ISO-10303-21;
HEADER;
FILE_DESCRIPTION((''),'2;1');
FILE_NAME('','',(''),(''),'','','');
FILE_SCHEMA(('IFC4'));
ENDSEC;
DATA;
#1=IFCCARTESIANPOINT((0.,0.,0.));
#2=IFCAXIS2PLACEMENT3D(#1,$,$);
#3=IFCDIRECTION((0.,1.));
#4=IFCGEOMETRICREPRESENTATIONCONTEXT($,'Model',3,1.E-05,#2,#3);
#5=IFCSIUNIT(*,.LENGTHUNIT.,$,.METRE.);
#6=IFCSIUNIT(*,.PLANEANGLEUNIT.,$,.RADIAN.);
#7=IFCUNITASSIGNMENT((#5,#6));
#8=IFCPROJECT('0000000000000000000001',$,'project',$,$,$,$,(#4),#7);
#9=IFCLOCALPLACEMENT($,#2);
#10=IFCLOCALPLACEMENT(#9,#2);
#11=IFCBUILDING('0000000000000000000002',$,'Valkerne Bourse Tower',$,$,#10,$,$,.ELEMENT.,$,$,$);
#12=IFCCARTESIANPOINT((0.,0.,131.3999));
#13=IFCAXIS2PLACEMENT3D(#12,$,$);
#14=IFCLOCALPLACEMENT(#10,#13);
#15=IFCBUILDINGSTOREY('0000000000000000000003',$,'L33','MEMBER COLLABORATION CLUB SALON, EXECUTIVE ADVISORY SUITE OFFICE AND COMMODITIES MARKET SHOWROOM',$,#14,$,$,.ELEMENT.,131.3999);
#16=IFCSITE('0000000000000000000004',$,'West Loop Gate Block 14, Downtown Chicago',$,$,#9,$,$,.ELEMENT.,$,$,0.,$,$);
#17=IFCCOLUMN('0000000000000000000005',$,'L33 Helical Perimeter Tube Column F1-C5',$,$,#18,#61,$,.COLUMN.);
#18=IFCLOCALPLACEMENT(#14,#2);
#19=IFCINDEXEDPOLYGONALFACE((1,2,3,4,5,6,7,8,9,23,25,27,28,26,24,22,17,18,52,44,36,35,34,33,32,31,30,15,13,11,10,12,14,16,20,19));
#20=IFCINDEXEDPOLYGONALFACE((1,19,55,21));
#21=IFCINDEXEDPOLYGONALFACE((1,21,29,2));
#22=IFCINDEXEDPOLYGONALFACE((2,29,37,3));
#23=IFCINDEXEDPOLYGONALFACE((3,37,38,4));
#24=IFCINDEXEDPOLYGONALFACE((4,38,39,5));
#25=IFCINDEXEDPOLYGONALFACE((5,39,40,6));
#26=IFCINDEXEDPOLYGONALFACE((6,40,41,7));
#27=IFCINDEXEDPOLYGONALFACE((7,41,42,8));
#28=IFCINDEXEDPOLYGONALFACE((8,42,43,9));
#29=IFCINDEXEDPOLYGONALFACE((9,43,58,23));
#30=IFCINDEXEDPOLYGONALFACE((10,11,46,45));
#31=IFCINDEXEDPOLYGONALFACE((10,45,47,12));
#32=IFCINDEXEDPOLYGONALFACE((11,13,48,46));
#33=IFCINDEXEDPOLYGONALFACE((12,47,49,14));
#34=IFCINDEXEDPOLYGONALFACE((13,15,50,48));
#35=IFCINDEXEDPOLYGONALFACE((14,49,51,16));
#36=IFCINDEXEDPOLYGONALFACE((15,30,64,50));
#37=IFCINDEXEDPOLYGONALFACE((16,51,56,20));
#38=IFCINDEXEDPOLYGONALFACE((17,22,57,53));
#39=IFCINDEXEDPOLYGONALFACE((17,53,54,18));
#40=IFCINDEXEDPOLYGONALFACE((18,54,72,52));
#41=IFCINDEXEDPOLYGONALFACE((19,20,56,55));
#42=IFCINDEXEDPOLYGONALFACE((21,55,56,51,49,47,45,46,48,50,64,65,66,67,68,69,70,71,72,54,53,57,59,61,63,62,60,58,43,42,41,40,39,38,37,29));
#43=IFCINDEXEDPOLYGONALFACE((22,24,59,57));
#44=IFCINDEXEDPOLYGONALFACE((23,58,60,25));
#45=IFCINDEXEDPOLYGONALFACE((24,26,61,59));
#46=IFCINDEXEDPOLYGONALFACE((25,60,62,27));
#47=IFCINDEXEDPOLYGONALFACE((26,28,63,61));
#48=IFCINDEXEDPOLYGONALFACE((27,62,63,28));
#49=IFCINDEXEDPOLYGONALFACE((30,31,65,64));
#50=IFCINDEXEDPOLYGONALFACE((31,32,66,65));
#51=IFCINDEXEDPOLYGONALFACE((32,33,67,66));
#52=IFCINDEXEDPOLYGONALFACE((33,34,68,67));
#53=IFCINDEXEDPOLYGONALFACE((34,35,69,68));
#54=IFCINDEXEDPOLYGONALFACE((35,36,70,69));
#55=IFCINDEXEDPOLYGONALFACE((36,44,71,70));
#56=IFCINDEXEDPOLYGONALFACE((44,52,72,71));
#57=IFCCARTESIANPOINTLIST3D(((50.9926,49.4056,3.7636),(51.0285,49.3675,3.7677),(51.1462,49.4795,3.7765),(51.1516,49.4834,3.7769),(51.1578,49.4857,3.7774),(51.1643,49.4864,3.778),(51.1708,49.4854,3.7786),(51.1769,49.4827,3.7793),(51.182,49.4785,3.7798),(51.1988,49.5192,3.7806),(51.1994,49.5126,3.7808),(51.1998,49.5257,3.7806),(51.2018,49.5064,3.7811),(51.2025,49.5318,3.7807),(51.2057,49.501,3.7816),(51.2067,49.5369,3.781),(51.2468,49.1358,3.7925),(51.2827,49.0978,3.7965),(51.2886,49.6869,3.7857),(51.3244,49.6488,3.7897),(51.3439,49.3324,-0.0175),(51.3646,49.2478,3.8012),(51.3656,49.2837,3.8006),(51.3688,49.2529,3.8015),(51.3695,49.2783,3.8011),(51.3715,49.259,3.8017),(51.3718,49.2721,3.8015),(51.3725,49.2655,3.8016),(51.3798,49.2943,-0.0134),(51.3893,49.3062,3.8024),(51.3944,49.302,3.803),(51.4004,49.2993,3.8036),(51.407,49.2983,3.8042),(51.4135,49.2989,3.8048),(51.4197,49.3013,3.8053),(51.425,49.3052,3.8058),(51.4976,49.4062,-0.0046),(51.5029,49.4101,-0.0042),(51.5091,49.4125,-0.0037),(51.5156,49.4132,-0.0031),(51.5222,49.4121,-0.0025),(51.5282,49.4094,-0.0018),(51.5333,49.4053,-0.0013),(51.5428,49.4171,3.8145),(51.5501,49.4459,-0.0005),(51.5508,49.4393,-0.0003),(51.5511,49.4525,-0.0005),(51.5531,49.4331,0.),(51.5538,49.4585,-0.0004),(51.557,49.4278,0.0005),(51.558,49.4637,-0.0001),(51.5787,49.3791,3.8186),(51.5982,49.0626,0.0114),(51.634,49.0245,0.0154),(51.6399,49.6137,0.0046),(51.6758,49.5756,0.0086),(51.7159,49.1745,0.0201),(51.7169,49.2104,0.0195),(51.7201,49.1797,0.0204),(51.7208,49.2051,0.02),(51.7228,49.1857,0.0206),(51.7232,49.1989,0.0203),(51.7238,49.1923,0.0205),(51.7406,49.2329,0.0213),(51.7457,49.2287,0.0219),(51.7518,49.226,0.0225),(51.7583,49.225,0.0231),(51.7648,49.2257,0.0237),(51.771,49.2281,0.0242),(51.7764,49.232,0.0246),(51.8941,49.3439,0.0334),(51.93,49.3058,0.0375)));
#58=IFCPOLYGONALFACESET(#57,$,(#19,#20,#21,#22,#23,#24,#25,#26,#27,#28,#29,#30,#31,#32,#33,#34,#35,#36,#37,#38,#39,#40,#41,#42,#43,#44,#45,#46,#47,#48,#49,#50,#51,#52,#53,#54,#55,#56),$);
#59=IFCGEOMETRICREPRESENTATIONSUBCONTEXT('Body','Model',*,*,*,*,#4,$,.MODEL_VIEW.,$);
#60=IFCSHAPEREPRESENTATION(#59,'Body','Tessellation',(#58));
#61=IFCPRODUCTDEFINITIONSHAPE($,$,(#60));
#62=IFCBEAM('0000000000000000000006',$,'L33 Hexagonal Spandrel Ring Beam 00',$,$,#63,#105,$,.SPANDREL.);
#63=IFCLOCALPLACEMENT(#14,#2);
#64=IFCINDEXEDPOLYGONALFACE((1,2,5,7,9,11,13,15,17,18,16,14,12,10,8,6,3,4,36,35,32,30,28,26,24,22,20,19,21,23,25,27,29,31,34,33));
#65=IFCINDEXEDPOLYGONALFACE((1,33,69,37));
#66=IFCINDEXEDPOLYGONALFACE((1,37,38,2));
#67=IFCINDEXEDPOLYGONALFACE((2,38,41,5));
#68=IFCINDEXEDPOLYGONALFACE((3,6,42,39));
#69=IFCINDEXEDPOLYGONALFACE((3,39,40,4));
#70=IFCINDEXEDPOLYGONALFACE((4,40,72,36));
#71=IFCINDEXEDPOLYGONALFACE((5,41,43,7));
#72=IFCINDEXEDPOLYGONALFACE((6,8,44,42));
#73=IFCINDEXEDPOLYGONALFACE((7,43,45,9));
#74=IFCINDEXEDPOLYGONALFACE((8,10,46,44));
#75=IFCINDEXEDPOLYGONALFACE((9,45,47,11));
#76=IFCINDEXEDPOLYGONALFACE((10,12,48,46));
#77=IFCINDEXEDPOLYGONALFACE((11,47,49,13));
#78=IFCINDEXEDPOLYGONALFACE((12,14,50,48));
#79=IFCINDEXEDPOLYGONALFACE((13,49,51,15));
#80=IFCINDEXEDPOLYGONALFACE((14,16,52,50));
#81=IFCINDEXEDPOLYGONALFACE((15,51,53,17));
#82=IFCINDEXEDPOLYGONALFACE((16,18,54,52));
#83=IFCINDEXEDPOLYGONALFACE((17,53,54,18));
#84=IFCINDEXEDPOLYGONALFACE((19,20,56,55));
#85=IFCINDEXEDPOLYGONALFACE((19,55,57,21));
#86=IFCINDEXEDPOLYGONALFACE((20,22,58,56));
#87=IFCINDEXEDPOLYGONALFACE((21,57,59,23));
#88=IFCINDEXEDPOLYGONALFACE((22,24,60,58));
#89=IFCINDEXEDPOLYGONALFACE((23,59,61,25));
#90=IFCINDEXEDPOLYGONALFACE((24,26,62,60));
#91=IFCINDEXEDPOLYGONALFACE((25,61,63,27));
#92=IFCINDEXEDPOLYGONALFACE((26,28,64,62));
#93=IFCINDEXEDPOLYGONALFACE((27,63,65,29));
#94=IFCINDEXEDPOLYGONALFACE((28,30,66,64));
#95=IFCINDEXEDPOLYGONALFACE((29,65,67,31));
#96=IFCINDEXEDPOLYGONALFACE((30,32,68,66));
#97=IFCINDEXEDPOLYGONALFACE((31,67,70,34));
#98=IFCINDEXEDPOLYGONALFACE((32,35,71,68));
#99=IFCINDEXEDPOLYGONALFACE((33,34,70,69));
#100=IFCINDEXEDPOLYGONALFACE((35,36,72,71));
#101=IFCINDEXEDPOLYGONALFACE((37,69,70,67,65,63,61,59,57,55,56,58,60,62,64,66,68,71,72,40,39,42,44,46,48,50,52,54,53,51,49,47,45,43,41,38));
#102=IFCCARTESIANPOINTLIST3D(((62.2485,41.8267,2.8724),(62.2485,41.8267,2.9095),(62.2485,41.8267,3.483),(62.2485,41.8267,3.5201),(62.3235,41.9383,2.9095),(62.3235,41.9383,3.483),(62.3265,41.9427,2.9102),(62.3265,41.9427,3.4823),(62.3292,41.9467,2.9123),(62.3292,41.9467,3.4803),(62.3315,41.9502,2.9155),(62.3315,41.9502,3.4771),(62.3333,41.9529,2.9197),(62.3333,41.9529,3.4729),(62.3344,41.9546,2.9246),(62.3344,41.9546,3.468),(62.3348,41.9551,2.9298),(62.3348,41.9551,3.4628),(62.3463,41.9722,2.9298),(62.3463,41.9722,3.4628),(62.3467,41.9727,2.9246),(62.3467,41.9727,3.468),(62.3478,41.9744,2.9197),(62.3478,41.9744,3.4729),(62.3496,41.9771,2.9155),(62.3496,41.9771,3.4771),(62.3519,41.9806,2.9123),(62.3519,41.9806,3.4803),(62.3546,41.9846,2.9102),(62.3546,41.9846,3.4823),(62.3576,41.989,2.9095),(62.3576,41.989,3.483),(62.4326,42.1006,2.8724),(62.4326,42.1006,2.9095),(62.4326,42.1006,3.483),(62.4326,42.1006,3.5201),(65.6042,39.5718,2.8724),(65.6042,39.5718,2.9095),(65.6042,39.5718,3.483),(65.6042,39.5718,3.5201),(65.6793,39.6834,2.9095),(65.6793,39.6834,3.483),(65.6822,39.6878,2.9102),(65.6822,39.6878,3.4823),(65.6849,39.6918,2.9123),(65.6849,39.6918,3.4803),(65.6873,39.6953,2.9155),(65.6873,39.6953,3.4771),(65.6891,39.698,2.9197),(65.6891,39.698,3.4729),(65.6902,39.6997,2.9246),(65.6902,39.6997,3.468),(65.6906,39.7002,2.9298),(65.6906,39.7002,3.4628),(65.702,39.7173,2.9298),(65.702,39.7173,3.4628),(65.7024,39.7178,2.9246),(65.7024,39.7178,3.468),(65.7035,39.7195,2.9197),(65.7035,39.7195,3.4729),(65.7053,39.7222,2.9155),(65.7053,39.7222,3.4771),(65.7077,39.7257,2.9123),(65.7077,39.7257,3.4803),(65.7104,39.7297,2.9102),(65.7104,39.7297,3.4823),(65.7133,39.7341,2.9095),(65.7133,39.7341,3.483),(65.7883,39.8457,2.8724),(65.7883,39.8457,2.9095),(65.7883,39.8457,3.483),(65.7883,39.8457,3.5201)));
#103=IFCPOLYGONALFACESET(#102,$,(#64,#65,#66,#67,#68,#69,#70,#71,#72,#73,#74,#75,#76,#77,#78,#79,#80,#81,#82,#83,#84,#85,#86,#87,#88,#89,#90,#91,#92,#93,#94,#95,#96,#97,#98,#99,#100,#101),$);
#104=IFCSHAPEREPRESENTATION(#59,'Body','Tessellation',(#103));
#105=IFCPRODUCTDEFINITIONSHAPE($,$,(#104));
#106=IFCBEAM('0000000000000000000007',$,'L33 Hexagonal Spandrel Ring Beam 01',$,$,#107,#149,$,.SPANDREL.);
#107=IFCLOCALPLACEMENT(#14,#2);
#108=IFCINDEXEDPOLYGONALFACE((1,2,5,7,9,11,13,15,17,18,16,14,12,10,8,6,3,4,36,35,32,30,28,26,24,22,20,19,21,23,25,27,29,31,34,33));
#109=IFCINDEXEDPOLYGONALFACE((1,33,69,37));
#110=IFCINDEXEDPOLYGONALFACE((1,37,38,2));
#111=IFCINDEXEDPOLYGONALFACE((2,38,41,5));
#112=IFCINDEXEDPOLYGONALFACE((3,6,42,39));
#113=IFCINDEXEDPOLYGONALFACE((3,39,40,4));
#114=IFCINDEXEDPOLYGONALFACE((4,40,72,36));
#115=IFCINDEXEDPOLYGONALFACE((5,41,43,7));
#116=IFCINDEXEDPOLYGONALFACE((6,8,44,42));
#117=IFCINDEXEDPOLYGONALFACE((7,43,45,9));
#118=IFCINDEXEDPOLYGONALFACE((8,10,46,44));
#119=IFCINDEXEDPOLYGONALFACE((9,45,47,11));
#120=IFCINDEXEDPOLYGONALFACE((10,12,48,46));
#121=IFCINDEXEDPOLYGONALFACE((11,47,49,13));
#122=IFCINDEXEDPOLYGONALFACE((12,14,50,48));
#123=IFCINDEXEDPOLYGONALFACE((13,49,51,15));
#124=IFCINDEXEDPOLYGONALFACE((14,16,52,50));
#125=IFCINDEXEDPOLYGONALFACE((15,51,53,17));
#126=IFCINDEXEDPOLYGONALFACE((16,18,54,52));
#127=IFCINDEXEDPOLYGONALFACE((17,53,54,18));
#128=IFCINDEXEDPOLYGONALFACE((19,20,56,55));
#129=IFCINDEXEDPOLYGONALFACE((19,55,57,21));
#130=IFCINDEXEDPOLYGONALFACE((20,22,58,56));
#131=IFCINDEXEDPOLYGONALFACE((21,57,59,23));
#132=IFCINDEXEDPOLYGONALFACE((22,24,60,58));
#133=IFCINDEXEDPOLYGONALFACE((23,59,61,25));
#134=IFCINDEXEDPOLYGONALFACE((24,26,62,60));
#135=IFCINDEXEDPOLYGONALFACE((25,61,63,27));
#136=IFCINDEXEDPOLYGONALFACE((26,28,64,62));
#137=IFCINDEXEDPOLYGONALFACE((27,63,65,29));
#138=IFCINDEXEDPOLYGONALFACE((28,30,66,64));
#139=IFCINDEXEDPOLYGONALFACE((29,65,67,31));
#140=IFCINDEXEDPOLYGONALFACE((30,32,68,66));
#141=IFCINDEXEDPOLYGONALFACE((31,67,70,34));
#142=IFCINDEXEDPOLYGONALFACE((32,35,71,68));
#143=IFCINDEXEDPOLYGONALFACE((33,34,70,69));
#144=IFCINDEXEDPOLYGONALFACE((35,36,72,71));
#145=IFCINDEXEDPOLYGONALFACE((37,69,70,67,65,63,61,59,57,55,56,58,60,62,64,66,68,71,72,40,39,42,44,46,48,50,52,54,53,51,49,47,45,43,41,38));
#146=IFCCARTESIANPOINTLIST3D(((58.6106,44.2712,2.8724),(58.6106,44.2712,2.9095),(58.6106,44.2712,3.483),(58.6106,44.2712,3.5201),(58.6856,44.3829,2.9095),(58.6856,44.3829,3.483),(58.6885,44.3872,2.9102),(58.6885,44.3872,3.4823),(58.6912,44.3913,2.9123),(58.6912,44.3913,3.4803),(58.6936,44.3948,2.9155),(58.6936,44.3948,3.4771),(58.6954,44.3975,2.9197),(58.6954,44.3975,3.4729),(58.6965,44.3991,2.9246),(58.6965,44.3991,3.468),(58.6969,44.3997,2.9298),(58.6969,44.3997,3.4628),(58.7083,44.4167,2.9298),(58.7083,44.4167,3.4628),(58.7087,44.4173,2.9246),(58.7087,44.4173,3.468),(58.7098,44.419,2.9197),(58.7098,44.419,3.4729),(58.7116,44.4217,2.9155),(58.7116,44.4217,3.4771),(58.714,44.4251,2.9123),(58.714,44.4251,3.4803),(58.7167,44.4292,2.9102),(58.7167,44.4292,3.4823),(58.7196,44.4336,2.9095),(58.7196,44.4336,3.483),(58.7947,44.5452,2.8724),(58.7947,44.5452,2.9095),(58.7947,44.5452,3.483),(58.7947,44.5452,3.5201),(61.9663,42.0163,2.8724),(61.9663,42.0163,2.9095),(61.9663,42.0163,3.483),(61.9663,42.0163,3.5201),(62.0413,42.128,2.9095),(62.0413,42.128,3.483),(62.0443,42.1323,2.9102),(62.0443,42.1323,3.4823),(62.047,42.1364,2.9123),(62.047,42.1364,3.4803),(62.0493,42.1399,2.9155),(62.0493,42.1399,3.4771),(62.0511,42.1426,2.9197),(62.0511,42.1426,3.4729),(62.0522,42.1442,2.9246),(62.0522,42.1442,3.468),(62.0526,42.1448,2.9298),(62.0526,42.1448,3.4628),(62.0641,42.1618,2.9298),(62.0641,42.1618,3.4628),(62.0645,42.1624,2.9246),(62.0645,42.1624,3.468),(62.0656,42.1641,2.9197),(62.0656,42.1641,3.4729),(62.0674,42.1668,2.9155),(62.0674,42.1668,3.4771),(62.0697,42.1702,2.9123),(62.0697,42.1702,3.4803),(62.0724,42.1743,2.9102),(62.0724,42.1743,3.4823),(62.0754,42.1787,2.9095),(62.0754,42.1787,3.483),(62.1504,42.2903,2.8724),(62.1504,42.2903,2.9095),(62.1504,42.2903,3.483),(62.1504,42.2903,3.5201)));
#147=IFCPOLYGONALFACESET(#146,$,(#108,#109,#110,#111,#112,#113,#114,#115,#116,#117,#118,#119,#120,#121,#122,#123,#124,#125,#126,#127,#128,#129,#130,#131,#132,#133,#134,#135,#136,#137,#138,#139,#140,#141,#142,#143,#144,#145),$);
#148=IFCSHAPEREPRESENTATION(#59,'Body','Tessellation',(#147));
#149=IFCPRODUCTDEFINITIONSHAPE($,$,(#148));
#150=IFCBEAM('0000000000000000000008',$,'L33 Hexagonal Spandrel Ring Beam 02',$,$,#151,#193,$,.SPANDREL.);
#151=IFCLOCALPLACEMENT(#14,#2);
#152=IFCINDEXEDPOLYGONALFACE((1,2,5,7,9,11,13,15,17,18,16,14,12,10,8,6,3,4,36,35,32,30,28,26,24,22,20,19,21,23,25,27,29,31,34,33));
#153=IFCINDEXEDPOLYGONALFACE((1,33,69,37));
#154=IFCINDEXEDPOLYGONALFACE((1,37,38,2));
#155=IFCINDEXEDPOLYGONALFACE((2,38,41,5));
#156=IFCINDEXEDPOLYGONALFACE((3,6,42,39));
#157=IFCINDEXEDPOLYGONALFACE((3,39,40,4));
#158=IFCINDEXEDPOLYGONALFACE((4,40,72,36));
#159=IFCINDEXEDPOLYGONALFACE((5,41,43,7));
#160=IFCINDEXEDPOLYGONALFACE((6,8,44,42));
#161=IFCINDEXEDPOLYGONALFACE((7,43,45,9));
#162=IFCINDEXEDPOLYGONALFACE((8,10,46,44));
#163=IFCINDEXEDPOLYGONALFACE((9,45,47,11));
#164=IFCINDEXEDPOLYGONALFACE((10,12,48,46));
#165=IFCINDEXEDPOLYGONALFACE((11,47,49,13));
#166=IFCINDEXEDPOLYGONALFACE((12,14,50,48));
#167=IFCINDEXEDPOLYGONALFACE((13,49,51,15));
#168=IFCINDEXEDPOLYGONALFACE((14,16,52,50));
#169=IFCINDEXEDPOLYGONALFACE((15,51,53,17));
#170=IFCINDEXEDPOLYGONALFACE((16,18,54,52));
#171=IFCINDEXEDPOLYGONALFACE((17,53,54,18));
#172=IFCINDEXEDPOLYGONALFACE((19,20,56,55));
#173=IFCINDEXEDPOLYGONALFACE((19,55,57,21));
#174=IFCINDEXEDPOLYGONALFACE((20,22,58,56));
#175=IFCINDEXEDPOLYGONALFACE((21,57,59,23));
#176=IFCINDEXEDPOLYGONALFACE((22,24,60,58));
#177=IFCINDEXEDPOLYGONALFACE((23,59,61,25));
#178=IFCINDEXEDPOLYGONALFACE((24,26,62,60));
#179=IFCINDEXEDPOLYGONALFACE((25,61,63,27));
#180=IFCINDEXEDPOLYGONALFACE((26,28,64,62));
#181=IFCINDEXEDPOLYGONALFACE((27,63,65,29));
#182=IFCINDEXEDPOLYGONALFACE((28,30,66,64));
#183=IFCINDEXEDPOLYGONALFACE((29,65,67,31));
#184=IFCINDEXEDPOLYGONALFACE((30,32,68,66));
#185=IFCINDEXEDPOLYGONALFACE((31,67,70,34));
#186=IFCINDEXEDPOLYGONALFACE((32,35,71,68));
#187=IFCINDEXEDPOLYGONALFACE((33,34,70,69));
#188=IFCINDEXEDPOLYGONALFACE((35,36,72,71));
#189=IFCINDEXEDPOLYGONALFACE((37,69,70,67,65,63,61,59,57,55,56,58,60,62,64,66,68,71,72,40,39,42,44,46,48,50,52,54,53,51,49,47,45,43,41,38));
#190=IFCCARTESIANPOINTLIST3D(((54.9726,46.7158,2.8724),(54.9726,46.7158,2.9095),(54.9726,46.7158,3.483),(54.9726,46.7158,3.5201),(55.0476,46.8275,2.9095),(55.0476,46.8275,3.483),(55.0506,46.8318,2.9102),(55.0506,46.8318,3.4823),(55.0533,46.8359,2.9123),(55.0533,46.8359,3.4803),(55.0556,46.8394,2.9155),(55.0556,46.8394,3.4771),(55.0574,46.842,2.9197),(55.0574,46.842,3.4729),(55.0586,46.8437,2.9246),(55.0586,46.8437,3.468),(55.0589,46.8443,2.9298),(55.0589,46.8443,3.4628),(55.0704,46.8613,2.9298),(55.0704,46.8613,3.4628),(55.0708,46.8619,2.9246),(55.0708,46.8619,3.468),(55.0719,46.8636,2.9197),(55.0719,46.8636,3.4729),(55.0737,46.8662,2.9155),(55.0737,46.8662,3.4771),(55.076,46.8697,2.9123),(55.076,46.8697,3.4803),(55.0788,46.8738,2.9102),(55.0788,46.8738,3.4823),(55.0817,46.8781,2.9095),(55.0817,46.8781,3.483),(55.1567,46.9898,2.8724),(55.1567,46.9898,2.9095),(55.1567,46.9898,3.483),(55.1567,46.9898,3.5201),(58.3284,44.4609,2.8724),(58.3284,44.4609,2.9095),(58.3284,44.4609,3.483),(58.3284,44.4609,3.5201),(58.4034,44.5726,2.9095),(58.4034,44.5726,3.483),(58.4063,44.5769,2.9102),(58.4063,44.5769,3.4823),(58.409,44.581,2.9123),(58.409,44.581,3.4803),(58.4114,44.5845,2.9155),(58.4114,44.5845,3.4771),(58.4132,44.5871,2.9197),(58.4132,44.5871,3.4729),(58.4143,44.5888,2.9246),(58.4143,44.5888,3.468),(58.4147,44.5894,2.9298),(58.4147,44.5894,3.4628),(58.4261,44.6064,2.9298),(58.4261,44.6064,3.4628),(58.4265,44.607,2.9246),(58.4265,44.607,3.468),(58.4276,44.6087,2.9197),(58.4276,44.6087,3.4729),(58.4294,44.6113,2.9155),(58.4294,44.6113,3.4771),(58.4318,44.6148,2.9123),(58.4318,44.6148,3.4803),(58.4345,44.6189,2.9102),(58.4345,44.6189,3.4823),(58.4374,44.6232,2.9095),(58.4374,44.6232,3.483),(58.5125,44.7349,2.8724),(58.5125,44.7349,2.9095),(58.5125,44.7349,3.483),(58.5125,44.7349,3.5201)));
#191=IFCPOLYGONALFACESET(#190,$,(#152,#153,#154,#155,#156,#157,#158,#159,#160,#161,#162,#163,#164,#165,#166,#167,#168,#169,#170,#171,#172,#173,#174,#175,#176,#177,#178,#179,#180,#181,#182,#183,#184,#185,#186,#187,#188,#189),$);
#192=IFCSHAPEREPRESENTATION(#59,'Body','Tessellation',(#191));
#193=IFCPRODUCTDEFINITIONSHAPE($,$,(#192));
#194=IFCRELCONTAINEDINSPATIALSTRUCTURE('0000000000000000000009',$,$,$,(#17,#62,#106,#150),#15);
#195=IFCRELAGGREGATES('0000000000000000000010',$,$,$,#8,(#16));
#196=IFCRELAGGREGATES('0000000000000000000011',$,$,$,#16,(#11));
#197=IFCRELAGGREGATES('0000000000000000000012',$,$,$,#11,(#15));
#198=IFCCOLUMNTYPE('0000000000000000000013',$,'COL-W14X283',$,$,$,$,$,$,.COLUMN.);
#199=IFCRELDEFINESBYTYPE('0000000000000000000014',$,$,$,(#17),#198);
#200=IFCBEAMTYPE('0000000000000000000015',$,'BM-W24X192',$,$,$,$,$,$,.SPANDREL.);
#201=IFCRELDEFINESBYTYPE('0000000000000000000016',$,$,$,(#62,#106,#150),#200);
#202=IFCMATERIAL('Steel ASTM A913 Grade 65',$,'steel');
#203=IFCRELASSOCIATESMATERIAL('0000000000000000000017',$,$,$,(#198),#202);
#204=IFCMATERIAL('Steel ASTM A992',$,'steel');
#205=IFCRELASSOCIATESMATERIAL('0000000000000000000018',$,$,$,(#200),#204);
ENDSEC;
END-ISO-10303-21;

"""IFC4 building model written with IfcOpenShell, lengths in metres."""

from ifc_helpers import new_model, si_unit, direction, frame, origin, origin_2d, place, context, subcontext, project, spatial, i_section, extrude, material, material_profile, profile_set, type_object, element, save


model = new_model("IFC4")

# Units and contexts
model_context = context("Model", 3, precision=1e-05, world=origin(), true_north=direction((0.0, 1.0)))
body_context = subcontext(model_context, "Body", "Model", "MODEL_VIEW")
ifc_project = project(units=[si_unit("LENGTHUNIT", "METRE"), si_unit("PLANEANGLEUNIT", "RADIAN")], contexts=[model_context])

# Site, building, storey
site_placement = place(None, origin())
site = spatial("IfcSite", under=ifc_project, at=site_placement, Name="West Loop Gate Block 14, Downtown Chicago", CompositionType="ELEMENT", RefElevation=0.0)
building_placement = place(site_placement, origin())
building = spatial("IfcBuilding", under=site, at=building_placement, Name="Valkerne Bourse Tower", CompositionType="ELEMENT")
storey_placement = place(building_placement, frame((0.0, 0.0, 131.3999)))
storey = spatial("IfcBuildingStorey", under=building, at=storey_placement, Name="L33", Description="MEMBER COLLABORATION CLUB SALON, EXECUTIVE ADVISORY SUITE OFFICE AND COMMODITIES MARKET SHOWROOM", CompositionType="ELEMENT", Elevation=131.3999)

# Column
ifc_material_1 = material(Name="Steel ASTM A913 Grade 65", Category="steel")
ifc_material_profile_1 = material_profile(ifc_material_1, i_section(OverallWidth=0.4089, OverallDepth=0.4243, WebThickness=0.0327, FlangeThickness=0.0525, FilletRadius=0.0254, at=origin_2d()), Name="W14X283")
ifc_profile_set_1 = profile_set([ifc_material_profile_1], Name="Steel ASTM A913 Grade 65")
column_type = type_object("IfcColumnType", Name="COL-W14X283", PredefinedType="COLUMN", material=ifc_profile_set_1)
column_1_placement = place(storey_placement, frame((51.637, 49.3191, 0.01), z_axis=(-0.092501, 0.019284, 0.995526), x_axis=(0.72379, 0.68791, 0.053927)))
element("IfcColumn", 1, at=column_1_placement, inside=storey, type_object=column_type, Name="L33 Helical Perimeter Tube Column F1-C5", PredefinedType="COLUMN", context=body_context, shape_type="SweptSolid", body=[
    extrude(i_section(OverallWidth=0.4089, OverallDepth=0.4243, WebThickness=0.0327, FlangeThickness=0.0525, FilletRadius=0.0254, at=origin_2d()), origin(), (0.0, 0.0, 1.0), 3.7981),
])

# Beams
ifc_material_2 = material(Name="Steel ASTM A992", Category="steel")
ifc_material_profile_2 = material_profile(ifc_material_2, i_section(OverallWidth=0.3301, OverallDepth=0.6477, WebThickness=0.0205, FlangeThickness=0.0371, FilletRadius=0.0203, at=origin_2d()), Name="W24X192")
ifc_profile_set_2 = profile_set([ifc_material_profile_2], Name="Steel ASTM A992")
beam_type = type_object("IfcBeamType", Name="BM-W24X192", PredefinedType="SPANDREL", material=ifc_profile_set_2)
for number, where, z_axis, x_axis, name in (
    (2, (65.6963, 39.7087, 3.1963), (-0.830019, 0.557734, 0.0), (-0.557734, -0.830019, 0.0), "L33 Hexagonal Spandrel Ring Beam 00"),
    (3, (62.0583, 42.1533, 3.1963), (-0.830019, 0.557734, 0.0), (-0.557734, -0.830019, 0.0), "L33 Hexagonal Spandrel Ring Beam 01"),
    (4, (58.4204, 44.5979, 3.1963), (-0.830019, 0.557734, 0.0), (-0.557734, -0.830019, 0.0), "L33 Hexagonal Spandrel Ring Beam 02"),
):
    element("IfcBeam", number, at=place(storey_placement, frame(where, z_axis=z_axis, x_axis=x_axis)), inside=storey, type_object=beam_type, Name=name, PredefinedType="SPANDREL", context=body_context, shape_type="SweptSolid", body=[
        extrude(i_section(OverallWidth=0.3301, OverallDepth=0.6477, WebThickness=0.0205, FlangeThickness=0.0371, FilletRadius=0.0203, at=origin_2d()), origin(), (0.0, 0.0, 1.0), 4.043),
    ])

save(model, "model.ifc")
